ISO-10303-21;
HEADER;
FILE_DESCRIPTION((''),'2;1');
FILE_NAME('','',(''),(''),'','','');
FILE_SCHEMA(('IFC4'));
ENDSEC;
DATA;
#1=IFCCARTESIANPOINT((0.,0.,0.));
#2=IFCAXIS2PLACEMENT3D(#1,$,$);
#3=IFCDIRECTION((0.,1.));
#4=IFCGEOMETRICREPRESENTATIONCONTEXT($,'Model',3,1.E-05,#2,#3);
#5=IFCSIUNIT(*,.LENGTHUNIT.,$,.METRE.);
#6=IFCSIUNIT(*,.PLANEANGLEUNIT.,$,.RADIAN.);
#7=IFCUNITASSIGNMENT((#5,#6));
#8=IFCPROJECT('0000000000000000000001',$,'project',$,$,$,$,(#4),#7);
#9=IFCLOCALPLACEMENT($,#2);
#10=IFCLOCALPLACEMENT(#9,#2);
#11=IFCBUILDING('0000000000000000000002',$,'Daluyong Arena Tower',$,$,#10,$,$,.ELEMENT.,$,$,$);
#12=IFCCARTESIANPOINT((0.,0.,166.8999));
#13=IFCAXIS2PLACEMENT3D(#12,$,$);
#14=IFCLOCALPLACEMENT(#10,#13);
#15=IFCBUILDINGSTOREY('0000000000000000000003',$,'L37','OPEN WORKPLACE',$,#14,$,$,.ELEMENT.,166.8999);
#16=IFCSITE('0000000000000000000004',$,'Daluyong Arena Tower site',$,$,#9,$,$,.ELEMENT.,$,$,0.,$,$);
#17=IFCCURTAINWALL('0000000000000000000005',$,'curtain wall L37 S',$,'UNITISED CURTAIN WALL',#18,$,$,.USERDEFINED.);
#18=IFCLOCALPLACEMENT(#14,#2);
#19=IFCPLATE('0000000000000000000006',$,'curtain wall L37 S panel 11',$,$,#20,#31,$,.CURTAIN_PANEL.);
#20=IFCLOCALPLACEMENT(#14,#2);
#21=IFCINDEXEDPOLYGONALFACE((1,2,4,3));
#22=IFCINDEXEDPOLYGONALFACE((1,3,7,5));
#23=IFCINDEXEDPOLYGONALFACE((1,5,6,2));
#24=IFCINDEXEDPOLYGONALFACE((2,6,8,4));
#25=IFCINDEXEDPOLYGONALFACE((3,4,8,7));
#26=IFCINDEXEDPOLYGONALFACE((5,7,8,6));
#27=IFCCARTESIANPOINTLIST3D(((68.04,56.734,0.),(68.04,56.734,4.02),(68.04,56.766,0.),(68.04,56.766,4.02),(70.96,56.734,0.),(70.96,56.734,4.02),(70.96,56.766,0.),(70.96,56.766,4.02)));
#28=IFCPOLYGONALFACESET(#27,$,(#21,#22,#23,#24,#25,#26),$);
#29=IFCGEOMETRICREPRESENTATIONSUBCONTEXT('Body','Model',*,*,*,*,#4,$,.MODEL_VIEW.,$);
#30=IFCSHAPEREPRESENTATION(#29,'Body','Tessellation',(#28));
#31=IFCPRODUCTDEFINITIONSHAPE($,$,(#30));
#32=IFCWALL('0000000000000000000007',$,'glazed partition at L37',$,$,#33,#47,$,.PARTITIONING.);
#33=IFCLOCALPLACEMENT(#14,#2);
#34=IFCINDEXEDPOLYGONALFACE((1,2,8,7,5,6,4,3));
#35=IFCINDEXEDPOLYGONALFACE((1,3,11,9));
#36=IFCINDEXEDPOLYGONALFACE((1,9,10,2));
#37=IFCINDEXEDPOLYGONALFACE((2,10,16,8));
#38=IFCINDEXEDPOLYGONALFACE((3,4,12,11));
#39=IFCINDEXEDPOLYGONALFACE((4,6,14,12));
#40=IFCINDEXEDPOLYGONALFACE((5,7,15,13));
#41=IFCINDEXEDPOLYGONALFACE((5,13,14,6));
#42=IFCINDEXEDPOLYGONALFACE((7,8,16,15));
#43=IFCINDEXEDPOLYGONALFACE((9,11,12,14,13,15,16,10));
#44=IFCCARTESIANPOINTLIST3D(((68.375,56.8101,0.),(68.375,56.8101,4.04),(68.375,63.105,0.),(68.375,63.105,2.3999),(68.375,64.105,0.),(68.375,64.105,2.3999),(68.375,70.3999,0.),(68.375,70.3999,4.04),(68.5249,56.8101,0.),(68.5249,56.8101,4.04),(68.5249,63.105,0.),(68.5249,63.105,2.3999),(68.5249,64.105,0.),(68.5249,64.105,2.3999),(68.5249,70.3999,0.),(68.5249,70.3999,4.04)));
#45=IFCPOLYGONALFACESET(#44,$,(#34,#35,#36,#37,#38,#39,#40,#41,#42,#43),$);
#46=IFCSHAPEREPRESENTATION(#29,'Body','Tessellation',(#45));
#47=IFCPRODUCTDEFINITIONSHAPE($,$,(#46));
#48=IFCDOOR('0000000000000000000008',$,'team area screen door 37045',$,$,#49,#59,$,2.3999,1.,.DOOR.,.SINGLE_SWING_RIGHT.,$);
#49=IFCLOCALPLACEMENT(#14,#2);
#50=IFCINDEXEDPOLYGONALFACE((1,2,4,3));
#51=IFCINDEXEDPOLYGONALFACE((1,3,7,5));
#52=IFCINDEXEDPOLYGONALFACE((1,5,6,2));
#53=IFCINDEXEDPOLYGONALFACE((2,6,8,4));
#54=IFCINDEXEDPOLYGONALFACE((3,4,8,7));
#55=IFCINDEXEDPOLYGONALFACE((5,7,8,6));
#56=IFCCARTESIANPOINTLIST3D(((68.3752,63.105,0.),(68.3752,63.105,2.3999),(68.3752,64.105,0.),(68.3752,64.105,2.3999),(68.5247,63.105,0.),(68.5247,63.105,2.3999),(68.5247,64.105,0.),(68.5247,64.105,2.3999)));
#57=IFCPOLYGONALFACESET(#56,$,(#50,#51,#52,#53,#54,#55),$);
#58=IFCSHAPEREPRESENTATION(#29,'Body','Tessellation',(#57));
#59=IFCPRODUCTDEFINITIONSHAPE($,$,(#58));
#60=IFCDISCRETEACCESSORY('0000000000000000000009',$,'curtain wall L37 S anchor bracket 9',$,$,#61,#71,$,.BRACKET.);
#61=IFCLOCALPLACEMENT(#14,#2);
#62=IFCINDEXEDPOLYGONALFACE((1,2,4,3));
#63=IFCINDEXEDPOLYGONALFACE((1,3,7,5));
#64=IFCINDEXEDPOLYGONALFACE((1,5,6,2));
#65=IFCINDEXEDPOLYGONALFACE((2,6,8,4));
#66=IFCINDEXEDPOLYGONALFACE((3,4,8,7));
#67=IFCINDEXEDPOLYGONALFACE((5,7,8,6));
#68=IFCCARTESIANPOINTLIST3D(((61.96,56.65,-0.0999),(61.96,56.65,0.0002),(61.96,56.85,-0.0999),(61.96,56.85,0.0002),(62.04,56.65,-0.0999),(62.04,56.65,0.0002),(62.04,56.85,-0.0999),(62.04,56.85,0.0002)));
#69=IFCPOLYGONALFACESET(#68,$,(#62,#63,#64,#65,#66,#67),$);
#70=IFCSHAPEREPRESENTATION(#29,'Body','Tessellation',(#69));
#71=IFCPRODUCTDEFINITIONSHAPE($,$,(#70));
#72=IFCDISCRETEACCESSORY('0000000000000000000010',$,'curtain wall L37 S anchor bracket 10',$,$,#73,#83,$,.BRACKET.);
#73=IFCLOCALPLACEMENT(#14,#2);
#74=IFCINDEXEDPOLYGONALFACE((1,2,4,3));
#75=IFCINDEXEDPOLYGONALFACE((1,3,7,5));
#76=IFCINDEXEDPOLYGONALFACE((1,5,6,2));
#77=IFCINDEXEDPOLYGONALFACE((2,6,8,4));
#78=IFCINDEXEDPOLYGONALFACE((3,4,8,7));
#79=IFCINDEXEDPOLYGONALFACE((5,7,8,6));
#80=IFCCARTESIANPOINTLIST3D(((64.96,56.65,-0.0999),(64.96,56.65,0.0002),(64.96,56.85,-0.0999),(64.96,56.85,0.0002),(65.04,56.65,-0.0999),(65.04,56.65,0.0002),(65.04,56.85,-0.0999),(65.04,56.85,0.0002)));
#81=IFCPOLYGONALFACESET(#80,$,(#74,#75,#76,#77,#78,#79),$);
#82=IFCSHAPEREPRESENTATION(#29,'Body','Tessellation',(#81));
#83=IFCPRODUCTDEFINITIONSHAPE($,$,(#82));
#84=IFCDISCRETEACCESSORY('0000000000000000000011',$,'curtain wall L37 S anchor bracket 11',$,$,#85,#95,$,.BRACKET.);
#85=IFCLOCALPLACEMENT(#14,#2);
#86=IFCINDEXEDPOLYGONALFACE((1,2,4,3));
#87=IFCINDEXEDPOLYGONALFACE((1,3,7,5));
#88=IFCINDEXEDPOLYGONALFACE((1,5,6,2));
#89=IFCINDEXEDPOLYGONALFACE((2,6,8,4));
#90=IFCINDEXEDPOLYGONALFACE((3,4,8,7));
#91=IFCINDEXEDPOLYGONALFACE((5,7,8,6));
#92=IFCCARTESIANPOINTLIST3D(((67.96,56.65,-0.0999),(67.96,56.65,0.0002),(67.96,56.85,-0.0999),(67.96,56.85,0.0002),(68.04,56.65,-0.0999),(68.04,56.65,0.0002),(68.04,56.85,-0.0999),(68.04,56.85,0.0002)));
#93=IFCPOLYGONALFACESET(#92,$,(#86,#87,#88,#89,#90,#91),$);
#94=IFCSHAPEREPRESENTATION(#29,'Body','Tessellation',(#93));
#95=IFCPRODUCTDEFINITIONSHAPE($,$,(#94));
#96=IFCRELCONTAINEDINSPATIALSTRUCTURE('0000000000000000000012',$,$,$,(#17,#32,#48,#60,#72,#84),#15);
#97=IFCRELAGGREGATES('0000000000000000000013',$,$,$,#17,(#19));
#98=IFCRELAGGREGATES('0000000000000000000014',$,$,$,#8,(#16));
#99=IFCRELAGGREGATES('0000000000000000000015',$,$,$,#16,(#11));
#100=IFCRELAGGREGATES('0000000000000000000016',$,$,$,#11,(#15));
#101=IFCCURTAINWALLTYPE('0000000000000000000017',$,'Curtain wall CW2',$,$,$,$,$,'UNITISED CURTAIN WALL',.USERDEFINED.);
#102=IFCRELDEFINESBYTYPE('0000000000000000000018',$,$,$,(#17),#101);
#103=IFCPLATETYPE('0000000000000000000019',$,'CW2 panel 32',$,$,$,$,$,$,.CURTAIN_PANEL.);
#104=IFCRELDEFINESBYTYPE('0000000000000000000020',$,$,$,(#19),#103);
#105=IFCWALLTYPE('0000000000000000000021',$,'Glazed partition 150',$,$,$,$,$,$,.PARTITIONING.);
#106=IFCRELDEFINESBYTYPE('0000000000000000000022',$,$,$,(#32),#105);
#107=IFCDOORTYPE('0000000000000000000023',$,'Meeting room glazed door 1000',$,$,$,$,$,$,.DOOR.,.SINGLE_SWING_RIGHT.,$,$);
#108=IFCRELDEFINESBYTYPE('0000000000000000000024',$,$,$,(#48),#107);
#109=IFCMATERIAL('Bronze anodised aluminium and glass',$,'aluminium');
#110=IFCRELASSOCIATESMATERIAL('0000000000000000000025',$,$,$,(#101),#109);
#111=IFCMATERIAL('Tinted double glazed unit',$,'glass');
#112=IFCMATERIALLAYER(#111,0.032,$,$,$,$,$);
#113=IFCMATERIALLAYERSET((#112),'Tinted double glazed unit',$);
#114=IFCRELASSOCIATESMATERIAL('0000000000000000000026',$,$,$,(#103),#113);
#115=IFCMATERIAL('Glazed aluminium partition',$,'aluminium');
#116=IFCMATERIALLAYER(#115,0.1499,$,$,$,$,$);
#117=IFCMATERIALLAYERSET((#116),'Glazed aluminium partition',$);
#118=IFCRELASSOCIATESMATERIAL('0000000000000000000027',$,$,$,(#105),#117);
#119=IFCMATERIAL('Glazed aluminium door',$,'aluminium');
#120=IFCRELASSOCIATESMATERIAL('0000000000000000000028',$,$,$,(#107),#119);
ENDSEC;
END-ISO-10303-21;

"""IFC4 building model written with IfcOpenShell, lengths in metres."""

from ifc_helpers import new_model, si_unit, direction, frame, frame_2d, origin, origin_2d, place, context, subcontext, project, spatial, rectangle, extrude, material, layer, layer_set, type_object, element, fill, aggregate, save


model = new_model("IFC4")

# Units and contexts
model_context = context("Model", 3, precision=1e-05, world=origin(), true_north=direction((0.0, 1.0)))
body_context = subcontext(model_context, "Body", "Model", "MODEL_VIEW")
ifc_project = project(units=[si_unit("LENGTHUNIT", "METRE"), si_unit("PLANEANGLEUNIT", "RADIAN")], contexts=[model_context])

# Site, building, storey
site_placement = place(None, origin())
site = spatial("IfcSite", under=ifc_project, at=site_placement, Name="Daluyong Arena Tower site", CompositionType="ELEMENT", RefElevation=0.0)
building_placement = place(site_placement, origin())
building = spatial("IfcBuilding", under=site, at=building_placement, Name="Daluyong Arena Tower", CompositionType="ELEMENT")
storey_placement = place(building_placement, frame((0.0, 0.0, 166.8999)))
storey = spatial("IfcBuildingStorey", under=building, at=storey_placement, Name="L37", Description="OPEN WORKPLACE", CompositionType="ELEMENT", Elevation=166.8999)

# Curtain wall
ifc_material_1 = material(Name="Bronze anodised aluminium and glass", Category="aluminium")
curtain_wall_type = type_object("IfcCurtainWallType", Name="Curtain wall CW2", ElementType="UNITISED CURTAIN WALL", PredefinedType="USERDEFINED", material=ifc_material_1)
curtain_wall_placement = place(storey_placement, origin())
curtain_wall = element("IfcCurtainWall", 1, at=curtain_wall_placement, inside=storey, type_object=curtain_wall_type, Name="curtain wall L37 S", ObjectType="UNITISED CURTAIN WALL", PredefinedType="USERDEFINED")

# Plate
ifc_material_2 = material(Name="Tinted double glazed unit", Category="glass")
ifc_layer_1 = layer(ifc_material_2, 0.032)
ifc_layer_set_1 = layer_set([ifc_layer_1], Name="Tinted double glazed unit")
plate_type = type_object("IfcPlateType", Name="CW2 panel 32", PredefinedType="CURTAIN_PANEL", material=ifc_layer_set_1)
plate_1_placement = place(storey_placement, frame((69.5, 56.75, 0.0), z_axis=(0.0, 0.0, 1.0), x_axis=(1.0, 0.0, 0.0)))
plate_1 = element("IfcPlate", 2, at=plate_1_placement, type_object=plate_type, Name="curtain wall L37 S panel 11", PredefinedType="CURTAIN_PANEL", context=body_context, shape_type="SweptSolid", body=[
    extrude(rectangle(XDim=2.9199, YDim=0.032, at=origin_2d()), origin(), (0.0, 0.0, 1.0), 4.02),
])
aggregate(curtain_wall, [plate_1])

# Wall, opening, door
ifc_material_3 = material(Name="Glazed aluminium partition", Category="aluminium")
ifc_layer_2 = layer(ifc_material_3, 0.1499)
ifc_layer_set_2 = layer_set([ifc_layer_2], Name="Glazed aluminium partition")
wall_type = type_object("IfcWallType", Name="Glazed partition 150", PredefinedType="PARTITIONING", material=ifc_layer_set_2)
wall_placement = place(storey_placement, frame((68.45, 56.8101, 0.0), z_axis=(0.0, 0.0, 1.0), x_axis=(0.0, 1.0, 0.0)))
wall = element("IfcWall", 3, at=wall_placement, inside=storey, type_object=wall_type, Name="glazed partition at L37", PredefinedType="PARTITIONING", context=body_context, shape_type="SweptSolid", body=[
    extrude(rectangle(XDim=13.5898, YDim=0.1499, at=frame_2d((6.7949, 0.0))), origin(), (0.0, 0.0, 1.0), 4.04),
])
opening_placement = place(wall_placement, frame((6.2949, 0.0, 0.0)))
opening = element("IfcOpeningElement", 4, at=opening_placement, cuts=wall, PredefinedType="OPENING", context=body_context, shape_type="SweptSolid", body=[
    extrude(rectangle(XDim=1.0, YDim=2.3999, at=frame_2d((0.5, 1.2))), frame((0.0, 0.085, 0.0), z_axis=(0.0, -1.0, 0.0), x_axis=(1.0, 0.0, 0.0)), (0.0, 0.0, 1.0), 0.1699),
])
ifc_material_4 = material(Name="Glazed aluminium door", Category="aluminium")
door_type = type_object("IfcDoorType", Name="Meeting room glazed door 1000", OperationType="SINGLE_SWING_RIGHT", PredefinedType="DOOR", material=ifc_material_4)
door_placement = place(opening_placement, origin())
door = element("IfcDoor", 5, at=door_placement, inside=storey, type_object=door_type, Name="team area screen door 37045", OperationType="SINGLE_SWING_RIGHT", OverallHeight=2.3999, OverallWidth=1.0, PredefinedType="DOOR", context=body_context, shape_type="SweptSolid", body=[
    extrude(rectangle(XDim=1.0, YDim=2.3999, at=frame_2d((0.5, 1.2))), frame((0.0, 0.0747, 0.0), z_axis=(0.0, -1.0, 0.0), x_axis=(1.0, 0.0, 0.0)), (0.0, 0.0, 1.0), 0.1494),
])
fill(opening, door)

# Discrete accessories
for number, where, z_axis, x_axis, name in (
    (6, (62.0, 56.75, -0.0999), (0.0, 0.0, 1.0), (1.0, 0.0, 0.0), "curtain wall L37 S anchor bracket 9"),
    (7, (65.0, 56.75, -0.0999), (0.0, 0.0, 1.0), (1.0, 0.0, 0.0), "curtain wall L37 S anchor bracket 10"),
    (8, (68.0, 56.75, -0.0999), (0.0, 0.0, 1.0), (1.0, 0.0, 0.0), "curtain wall L37 S anchor bracket 11"),
):
    element("IfcDiscreteAccessory", number, at=place(storey_placement, frame(where, z_axis=z_axis, x_axis=x_axis)), inside=storey, Name=name, PredefinedType="BRACKET", context=body_context, shape_type="SweptSolid", body=[
        extrude(rectangle(XDim=0.0801, YDim=0.2, at=origin_2d()), origin(), (0.0, 0.0, 1.0), 0.1001),
    ])

save(model, "model.ifc")
